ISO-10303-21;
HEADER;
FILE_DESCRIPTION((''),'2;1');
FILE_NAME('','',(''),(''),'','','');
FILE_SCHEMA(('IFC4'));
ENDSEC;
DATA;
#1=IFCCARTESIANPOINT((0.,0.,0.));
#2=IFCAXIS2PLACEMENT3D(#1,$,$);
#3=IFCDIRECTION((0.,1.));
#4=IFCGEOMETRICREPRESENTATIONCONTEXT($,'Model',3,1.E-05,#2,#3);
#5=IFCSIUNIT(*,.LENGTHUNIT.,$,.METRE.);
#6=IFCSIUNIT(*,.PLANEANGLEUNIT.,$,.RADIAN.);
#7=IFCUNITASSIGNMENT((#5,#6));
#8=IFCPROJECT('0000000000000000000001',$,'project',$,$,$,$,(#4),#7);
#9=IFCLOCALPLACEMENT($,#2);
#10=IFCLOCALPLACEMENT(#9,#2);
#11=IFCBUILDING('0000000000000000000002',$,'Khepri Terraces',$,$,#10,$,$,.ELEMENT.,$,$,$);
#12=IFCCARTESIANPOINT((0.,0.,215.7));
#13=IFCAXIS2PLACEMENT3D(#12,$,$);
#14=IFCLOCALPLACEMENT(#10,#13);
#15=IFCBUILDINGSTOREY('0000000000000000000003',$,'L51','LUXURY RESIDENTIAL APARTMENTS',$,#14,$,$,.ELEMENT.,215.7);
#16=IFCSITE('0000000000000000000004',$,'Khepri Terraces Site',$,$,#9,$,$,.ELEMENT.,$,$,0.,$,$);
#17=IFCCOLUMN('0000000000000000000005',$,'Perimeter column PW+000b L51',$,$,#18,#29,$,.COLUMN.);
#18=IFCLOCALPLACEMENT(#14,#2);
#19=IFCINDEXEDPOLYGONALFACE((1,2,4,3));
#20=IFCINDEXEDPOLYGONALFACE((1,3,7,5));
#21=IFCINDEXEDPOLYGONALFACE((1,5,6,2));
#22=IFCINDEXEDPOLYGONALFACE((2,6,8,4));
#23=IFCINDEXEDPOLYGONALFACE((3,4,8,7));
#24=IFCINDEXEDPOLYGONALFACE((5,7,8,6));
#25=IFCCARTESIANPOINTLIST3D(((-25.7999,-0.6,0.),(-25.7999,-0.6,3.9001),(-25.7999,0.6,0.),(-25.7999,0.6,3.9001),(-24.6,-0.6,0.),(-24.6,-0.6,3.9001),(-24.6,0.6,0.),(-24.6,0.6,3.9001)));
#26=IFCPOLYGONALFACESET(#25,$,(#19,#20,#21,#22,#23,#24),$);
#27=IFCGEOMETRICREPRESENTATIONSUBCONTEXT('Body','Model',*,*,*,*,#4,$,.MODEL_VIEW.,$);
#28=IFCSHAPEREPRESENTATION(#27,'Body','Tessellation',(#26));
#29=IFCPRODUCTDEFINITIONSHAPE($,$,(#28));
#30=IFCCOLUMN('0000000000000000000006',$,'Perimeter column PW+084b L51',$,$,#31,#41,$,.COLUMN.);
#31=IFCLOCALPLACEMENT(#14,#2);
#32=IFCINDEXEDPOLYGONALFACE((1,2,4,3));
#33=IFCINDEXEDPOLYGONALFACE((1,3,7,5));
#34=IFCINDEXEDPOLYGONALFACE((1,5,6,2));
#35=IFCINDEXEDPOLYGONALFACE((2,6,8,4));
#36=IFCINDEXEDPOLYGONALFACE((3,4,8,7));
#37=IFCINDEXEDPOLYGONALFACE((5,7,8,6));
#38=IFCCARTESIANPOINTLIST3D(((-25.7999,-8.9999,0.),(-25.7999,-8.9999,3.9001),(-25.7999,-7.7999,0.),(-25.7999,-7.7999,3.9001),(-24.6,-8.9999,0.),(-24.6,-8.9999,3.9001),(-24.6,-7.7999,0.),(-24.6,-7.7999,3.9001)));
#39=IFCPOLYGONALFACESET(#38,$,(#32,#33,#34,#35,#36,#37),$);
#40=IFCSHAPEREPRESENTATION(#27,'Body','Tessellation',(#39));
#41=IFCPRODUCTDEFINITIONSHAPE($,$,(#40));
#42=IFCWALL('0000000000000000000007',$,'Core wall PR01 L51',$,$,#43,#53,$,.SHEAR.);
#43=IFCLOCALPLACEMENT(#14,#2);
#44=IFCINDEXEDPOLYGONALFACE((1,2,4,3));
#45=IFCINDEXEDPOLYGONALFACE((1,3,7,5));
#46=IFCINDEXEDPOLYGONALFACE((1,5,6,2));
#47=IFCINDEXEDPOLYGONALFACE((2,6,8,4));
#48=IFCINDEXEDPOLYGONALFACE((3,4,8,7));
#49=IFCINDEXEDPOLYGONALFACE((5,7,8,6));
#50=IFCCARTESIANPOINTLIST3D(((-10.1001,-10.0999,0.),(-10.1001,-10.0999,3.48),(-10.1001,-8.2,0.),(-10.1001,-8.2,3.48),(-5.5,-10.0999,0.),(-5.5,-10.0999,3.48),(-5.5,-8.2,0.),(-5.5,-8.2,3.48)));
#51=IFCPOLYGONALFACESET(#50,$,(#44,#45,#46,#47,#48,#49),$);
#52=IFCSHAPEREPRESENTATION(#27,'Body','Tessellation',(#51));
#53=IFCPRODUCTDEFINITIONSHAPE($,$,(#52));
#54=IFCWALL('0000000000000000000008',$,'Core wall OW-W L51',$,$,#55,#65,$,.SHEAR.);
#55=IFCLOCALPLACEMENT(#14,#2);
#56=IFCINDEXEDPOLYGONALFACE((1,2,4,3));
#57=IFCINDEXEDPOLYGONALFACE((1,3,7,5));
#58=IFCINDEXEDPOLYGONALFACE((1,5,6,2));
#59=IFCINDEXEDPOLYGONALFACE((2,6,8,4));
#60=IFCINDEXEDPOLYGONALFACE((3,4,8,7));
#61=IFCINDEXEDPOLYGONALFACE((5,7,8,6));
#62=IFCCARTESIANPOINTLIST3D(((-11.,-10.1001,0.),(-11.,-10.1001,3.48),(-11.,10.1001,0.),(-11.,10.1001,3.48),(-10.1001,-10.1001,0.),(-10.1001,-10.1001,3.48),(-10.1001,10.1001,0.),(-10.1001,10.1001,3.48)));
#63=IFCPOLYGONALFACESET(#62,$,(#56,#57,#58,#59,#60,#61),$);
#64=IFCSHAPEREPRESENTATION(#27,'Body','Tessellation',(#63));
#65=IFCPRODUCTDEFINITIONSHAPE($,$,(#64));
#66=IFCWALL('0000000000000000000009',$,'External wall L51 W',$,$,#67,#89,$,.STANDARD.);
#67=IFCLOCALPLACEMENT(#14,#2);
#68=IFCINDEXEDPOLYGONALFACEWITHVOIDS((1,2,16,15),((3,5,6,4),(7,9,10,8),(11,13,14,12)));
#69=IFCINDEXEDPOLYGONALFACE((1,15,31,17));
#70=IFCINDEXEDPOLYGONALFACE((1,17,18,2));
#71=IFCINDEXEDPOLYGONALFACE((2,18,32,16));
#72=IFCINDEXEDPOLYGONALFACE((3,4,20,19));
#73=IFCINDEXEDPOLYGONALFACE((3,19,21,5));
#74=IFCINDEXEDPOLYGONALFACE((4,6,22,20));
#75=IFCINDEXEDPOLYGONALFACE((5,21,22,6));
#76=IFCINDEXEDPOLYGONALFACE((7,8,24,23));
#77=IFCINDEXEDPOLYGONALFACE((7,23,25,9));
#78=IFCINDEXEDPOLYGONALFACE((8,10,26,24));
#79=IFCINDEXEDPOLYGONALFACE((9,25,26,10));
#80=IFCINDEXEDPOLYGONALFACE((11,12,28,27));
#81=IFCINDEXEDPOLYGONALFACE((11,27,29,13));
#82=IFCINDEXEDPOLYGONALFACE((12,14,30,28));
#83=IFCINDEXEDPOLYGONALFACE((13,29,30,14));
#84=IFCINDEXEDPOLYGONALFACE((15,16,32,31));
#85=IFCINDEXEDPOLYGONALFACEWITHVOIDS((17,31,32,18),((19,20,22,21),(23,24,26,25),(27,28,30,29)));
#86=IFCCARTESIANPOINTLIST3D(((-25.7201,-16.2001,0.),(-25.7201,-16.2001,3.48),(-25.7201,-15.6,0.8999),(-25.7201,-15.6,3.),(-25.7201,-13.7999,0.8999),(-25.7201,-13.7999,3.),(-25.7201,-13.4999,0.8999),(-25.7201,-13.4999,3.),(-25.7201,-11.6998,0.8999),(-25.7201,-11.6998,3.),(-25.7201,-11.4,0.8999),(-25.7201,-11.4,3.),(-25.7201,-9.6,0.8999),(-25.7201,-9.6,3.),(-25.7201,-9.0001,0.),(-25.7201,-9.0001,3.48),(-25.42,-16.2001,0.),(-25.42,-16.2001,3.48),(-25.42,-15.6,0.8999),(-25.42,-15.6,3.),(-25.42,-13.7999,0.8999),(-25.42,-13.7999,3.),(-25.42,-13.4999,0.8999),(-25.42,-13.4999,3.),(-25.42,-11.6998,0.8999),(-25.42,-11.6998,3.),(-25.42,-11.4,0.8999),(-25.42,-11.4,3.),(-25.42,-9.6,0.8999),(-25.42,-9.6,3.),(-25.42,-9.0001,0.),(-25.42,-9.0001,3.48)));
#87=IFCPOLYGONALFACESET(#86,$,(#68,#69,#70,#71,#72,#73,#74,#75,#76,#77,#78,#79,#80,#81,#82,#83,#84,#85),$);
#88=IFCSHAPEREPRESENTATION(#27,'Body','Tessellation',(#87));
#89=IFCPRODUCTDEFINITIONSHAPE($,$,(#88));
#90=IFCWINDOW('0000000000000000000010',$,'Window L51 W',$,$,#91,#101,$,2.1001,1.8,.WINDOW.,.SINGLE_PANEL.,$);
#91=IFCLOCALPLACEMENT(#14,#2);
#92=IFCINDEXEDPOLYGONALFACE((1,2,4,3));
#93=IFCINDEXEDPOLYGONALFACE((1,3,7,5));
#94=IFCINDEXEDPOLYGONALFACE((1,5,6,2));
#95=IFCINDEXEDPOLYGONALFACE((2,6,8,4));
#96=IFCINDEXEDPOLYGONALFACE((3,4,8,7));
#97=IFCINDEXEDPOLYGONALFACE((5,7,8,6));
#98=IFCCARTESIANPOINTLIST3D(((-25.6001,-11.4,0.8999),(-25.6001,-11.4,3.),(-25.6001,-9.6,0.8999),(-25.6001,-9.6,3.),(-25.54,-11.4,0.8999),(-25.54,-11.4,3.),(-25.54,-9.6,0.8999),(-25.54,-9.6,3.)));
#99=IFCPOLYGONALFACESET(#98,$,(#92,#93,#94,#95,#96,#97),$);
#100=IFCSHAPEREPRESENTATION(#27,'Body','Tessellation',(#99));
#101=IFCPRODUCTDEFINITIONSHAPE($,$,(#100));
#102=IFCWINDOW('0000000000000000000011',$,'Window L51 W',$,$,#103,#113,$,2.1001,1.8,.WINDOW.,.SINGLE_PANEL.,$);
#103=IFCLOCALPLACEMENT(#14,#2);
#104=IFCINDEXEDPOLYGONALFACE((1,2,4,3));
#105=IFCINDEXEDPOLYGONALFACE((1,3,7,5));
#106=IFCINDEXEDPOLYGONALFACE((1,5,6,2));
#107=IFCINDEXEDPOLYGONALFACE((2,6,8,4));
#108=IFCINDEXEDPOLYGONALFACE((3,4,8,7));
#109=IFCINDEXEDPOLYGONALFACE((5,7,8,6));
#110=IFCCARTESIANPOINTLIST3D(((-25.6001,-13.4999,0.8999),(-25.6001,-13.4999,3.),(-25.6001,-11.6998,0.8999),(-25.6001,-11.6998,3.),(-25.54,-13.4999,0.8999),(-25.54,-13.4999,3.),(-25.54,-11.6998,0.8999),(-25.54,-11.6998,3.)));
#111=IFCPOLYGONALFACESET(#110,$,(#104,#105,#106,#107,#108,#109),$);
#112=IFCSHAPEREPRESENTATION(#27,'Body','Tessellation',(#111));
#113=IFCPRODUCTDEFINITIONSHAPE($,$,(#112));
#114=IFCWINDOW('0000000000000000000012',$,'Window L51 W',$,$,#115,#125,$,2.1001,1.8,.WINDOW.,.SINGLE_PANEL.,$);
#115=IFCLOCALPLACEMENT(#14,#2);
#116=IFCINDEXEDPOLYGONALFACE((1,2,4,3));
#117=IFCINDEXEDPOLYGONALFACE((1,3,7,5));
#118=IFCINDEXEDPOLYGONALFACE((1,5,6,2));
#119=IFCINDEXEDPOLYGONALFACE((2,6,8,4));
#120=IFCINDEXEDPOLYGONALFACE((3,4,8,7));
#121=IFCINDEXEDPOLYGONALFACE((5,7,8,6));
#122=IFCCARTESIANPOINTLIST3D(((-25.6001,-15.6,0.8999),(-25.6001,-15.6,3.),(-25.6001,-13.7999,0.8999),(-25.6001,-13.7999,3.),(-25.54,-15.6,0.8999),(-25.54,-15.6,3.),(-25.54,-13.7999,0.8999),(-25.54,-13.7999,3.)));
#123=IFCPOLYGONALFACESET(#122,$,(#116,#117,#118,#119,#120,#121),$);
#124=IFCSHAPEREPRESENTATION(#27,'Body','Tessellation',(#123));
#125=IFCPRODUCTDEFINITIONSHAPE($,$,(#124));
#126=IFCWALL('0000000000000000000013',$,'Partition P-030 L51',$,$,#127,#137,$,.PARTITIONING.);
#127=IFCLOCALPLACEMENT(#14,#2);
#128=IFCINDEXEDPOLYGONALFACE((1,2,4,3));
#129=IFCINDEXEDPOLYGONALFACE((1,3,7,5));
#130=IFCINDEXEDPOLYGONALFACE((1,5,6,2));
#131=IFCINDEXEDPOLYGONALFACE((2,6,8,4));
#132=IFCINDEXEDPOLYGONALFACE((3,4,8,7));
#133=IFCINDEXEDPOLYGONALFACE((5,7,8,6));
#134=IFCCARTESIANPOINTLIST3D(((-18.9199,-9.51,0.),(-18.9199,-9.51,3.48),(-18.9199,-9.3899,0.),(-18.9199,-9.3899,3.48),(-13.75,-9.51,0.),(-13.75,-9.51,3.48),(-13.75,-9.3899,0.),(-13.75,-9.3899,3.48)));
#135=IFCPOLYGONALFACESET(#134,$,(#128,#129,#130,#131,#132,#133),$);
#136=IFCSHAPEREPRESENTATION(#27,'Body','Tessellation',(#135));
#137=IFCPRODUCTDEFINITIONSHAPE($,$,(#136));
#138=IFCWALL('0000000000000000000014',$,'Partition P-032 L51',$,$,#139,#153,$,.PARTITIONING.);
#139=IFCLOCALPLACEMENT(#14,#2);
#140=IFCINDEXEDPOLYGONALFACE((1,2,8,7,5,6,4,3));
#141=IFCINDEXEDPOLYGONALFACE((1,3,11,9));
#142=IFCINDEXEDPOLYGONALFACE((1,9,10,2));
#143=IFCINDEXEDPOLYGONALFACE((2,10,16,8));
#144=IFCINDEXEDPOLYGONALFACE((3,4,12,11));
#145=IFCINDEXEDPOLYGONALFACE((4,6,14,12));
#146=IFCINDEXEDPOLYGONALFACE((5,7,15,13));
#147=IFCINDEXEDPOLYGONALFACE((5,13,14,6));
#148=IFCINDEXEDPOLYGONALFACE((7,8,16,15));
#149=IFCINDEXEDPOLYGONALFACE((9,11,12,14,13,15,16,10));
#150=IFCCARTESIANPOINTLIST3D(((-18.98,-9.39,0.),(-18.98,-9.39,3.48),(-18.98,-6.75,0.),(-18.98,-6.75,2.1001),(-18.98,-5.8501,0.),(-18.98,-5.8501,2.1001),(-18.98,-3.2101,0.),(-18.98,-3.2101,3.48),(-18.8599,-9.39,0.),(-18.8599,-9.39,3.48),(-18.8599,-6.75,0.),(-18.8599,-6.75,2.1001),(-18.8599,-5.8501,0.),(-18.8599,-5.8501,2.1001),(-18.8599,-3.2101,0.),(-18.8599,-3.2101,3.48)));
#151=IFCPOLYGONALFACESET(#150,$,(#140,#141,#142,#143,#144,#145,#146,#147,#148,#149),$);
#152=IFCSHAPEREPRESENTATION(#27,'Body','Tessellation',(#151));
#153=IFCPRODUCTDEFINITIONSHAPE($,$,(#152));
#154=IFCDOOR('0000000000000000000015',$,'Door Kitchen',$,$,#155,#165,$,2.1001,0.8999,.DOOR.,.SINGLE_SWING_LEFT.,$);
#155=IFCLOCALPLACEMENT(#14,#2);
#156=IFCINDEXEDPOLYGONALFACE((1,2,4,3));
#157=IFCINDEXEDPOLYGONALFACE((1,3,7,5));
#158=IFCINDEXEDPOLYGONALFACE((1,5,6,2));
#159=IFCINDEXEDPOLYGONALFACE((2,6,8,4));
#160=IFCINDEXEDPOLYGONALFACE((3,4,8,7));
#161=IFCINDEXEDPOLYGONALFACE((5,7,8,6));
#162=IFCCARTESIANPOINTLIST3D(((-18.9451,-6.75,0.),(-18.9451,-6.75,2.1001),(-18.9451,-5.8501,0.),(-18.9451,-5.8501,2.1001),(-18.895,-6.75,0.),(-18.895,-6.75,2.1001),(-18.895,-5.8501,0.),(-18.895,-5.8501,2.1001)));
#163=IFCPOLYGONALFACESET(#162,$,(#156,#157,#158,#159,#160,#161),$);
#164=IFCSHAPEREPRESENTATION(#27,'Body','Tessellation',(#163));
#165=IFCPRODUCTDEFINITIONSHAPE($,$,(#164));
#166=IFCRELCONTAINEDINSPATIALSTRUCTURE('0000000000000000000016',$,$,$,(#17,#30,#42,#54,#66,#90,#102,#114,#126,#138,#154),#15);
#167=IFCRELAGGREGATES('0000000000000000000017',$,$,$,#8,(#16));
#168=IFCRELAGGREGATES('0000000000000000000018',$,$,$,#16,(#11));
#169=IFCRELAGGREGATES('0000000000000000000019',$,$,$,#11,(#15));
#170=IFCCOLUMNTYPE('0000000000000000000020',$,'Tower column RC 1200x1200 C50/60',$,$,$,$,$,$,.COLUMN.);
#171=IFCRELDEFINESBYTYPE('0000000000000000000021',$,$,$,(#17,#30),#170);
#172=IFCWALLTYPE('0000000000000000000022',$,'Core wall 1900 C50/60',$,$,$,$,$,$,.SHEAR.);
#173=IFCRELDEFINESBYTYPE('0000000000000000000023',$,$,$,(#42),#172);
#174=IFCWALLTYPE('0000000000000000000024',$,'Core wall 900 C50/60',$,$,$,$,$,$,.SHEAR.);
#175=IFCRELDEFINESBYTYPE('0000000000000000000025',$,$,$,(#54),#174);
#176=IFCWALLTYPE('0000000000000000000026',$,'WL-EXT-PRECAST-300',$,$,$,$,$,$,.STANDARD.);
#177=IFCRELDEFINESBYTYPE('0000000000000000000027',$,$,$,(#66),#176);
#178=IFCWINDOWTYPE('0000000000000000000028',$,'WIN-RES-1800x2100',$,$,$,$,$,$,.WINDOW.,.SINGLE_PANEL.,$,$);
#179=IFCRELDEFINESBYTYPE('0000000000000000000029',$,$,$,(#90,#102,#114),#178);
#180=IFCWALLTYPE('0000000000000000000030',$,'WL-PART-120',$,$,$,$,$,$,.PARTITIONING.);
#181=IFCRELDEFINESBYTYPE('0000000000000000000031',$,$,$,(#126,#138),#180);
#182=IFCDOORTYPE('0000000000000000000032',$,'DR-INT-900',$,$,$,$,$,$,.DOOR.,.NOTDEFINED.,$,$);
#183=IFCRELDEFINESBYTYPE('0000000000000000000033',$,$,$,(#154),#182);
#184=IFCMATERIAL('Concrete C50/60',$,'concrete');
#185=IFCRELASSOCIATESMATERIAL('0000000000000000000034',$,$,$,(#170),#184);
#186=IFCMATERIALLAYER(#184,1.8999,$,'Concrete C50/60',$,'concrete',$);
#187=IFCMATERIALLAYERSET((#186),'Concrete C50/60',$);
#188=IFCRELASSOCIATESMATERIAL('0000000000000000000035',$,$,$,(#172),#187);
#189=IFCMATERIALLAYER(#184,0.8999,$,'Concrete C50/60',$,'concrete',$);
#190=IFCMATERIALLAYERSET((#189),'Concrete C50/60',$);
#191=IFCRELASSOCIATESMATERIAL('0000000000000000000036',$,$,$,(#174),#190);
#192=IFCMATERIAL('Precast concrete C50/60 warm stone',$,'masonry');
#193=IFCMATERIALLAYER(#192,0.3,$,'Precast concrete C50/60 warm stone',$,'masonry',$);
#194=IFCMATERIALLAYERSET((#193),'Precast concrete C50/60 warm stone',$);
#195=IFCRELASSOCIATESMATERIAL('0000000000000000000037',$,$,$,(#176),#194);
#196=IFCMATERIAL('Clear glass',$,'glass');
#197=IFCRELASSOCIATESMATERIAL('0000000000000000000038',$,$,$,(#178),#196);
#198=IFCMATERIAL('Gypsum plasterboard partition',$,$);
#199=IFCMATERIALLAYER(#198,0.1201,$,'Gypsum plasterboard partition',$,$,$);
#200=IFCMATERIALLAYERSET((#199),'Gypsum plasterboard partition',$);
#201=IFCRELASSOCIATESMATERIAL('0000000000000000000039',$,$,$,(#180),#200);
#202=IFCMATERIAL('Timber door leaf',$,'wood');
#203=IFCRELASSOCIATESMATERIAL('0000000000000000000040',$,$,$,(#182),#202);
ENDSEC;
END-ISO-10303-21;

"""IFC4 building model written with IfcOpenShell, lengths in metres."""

from ifc_helpers import new_model, si_unit, direction, frame, frame_2d, origin, origin_2d, place, context, subcontext, project, spatial, rectangle, extrude, material, layer, layer_set, material_profile, profile_set, type_object, element, fill, save


model = new_model("IFC4")

# Units and contexts
model_context = context("Model", 3, precision=1e-05, world=origin(), true_north=direction((0.0, 1.0)))
body_context = subcontext(model_context, "Body", "Model", "MODEL_VIEW")
ifc_project = project(units=[si_unit("LENGTHUNIT", "METRE"), si_unit("PLANEANGLEUNIT", "RADIAN")], contexts=[model_context])

# Site, building, storey
site_placement = place(None, origin())
site = spatial("IfcSite", under=ifc_project, at=site_placement, Name="Khepri Terraces Site", CompositionType="ELEMENT", RefElevation=0.0)
building_placement = place(site_placement, origin())
building = spatial("IfcBuilding", under=site, at=building_placement, Name="Khepri Terraces", CompositionType="ELEMENT")
storey_placement = place(building_placement, frame((0.0, 0.0, 215.7)))
storey = spatial("IfcBuildingStorey", under=building, at=storey_placement, Name="L51", Description="LUXURY RESIDENTIAL APARTMENTS", CompositionType="ELEMENT", Elevation=215.7)

# Columns
ifc_material_1 = material(Name="Concrete C50/60", Category="concrete")
ifc_material_profile = material_profile(ifc_material_1, rectangle(XDim=1.2, YDim=1.2, at=origin_2d()), Name="Concrete C50/60", Category="concrete")
ifc_profile_set = profile_set([ifc_material_profile], Name="Concrete C50/60")
column_type = type_object("IfcColumnType", Name="Tower column RC 1200x1200 C50/60", PredefinedType="COLUMN", material=ifc_profile_set)
for number, where, z_axis, x_axis, name in (
    (1, (-25.2, 0.0, 0.0), (0.0, 0.0, 1.0), (1.0, 0.0, 0.0), "Perimeter column PW+000b L51"),
    (2, (-25.2, -8.3999, 0.0), (0.0, 0.0, 1.0), (1.0, 0.0, 0.0), "Perimeter column PW+084b L51"),
):
    element("IfcColumn", number, at=place(storey_placement, frame(where, z_axis=z_axis, x_axis=x_axis)), inside=storey, type_object=column_type, Name=name, PredefinedType="COLUMN", context=body_context, shape_type="SweptSolid", body=[
        extrude(rectangle(XDim=1.2, YDim=1.2, at=origin_2d()), origin(), (0.0, 0.0, 1.0), 3.9001),
    ])

# Walls
ifc_layer_1 = layer(ifc_material_1, 1.8999, Name="Concrete C50/60", Category="concrete")
ifc_layer_set_1 = layer_set([ifc_layer_1], Name="Concrete C50/60")
wall_type_1 = type_object("IfcWallType", Name="Core wall 1900 C50/60", PredefinedType="SHEAR", material=ifc_layer_set_1)
wall_1_placement = place(storey_placement, frame((-10.1001, -9.1499, 0.0), z_axis=(0.0, 0.0, 1.0), x_axis=(1.0, 0.0, 0.0)))
element("IfcWall", 3, at=wall_1_placement, inside=storey, type_object=wall_type_1, Name="Core wall PR01 L51", PredefinedType="SHEAR", context=body_context, shape_type="SweptSolid", body=[
    extrude(rectangle(XDim=4.6001, YDim=1.8999, at=frame_2d((2.3, 0.0))), origin(), (0.0, 0.0, 1.0), 3.48),
])
ifc_layer_2 = layer(ifc_material_1, 0.8999, Name="Concrete C50/60", Category="concrete")
ifc_layer_set_2 = layer_set([ifc_layer_2], Name="Concrete C50/60")
wall_type_2 = type_object("IfcWallType", Name="Core wall 900 C50/60", PredefinedType="SHEAR", material=ifc_layer_set_2)
wall_2_placement = place(storey_placement, frame((-10.55, -10.1001, 0.0), z_axis=(0.0, 0.0, 1.0), x_axis=(0.0, 1.0, 0.0)))
element("IfcWall", 4, at=wall_2_placement, inside=storey, type_object=wall_type_2, Name="Core wall OW-W L51", PredefinedType="SHEAR", context=body_context, shape_type="SweptSolid", body=[
    extrude(rectangle(XDim=20.2002, YDim=0.8999, at=frame_2d((10.1001, 0.0))), origin(), (0.0, 0.0, 1.0), 3.48),
])

# Shared definitions
ifc_material_2 = material(Name="Precast concrete C50/60 warm stone", Category="masonry")
ifc_layer_3 = layer(ifc_material_2, 0.3, Name="Precast concrete C50/60 warm stone", Category="masonry")
ifc_layer_set_3 = layer_set([ifc_layer_3], Name="Precast concrete C50/60 warm stone")
wall_type_3 = type_object("IfcWallType", Name="WL-EXT-PRECAST-300", PredefinedType="STANDARD", material=ifc_layer_set_3)
ifc_material_3 = material(Name="Clear glass", Category="glass")
window_type = type_object("IfcWindowType", Name="WIN-RES-1800x2100", PartitioningType="SINGLE_PANEL", PredefinedType="WINDOW", material=ifc_material_3)

# Wall, openings, windows
wall_3_placement = place(storey_placement, frame((-25.5701, -9.0, 0.0), z_axis=(0.0, 0.0, 1.0), x_axis=(0.0, -1.0, 0.0)))
wall_3 = element("IfcWall", 5, at=wall_3_placement, inside=storey, type_object=wall_type_3, Name="External wall L51 W", PredefinedType="STANDARD", context=body_context, shape_type="SweptSolid", body=[
    extrude(rectangle(XDim=7.2, YDim=0.3, at=frame_2d((3.6001, 0.0))), origin(), (0.0, 0.0, 1.0), 3.48),
])
opening_1_placement = place(wall_3_placement, frame((0.6001, 0.0, 0.8999)))
opening_1 = element("IfcOpeningElement", 6, at=opening_1_placement, cuts=wall_3, PredefinedType="OPENING", context=body_context, shape_type="SweptSolid", body=[
    extrude(rectangle(XDim=1.8, YDim=2.1001, at=frame_2d((0.8999, 1.05))), frame((0.0, 0.1602, 0.0), z_axis=(0.0, -1.0, 0.0), x_axis=(1.0, 0.0, 0.0)), (0.0, 0.0, 1.0), 0.3201),
])
opening_2_placement = place(wall_3_placement, frame((2.7, 0.0, 0.8999)))
opening_2 = element("IfcOpeningElement", 7, at=opening_2_placement, cuts=wall_3, PredefinedType="OPENING", context=body_context, shape_type="SweptSolid", body=[
    extrude(rectangle(XDim=1.8, YDim=2.1001, at=frame_2d((0.8999, 1.05))), frame((0.0, 0.1602, 0.0), z_axis=(0.0, -1.0, 0.0), x_axis=(1.0, 0.0, 0.0)), (0.0, 0.0, 1.0), 0.3201),
])
opening_3_placement = place(wall_3_placement, frame((4.8, 0.0, 0.8999)))
opening_3 = element("IfcOpeningElement", 8, at=opening_3_placement, cuts=wall_3, PredefinedType="OPENING", context=body_context, shape_type="SweptSolid", body=[
    extrude(rectangle(XDim=1.8, YDim=2.1001, at=frame_2d((0.8999, 1.05))), frame((0.0, 0.1602, 0.0), z_axis=(0.0, -1.0, 0.0), x_axis=(1.0, 0.0, 0.0)), (0.0, 0.0, 1.0), 0.3201),
])
window_1_placement = place(opening_1_placement, origin())
window_1 = element("IfcWindow", 9, at=window_1_placement, inside=storey, type_object=window_type, Name="Window L51 W", OverallHeight=2.1001, OverallWidth=1.8, PartitioningType="SINGLE_PANEL", PredefinedType="WINDOW", context=body_context, shape_type="SweptSolid", body=[
    extrude(rectangle(XDim=1.8, YDim=2.1001, at=frame_2d((0.8999, 1.05))), frame((0.0, 0.03, 0.0), z_axis=(0.0, -1.0, 0.0), x_axis=(1.0, 0.0, 0.0)), (0.0, 0.0, 1.0), 0.0601),
])
fill(opening_1, window_1)
window_2_placement = place(opening_2_placement, origin())
window_2 = element("IfcWindow", 10, at=window_2_placement, inside=storey, type_object=window_type, Name="Window L51 W", OverallHeight=2.1001, OverallWidth=1.8, PartitioningType="SINGLE_PANEL", PredefinedType="WINDOW", context=body_context, shape_type="SweptSolid", body=[
    extrude(rectangle(XDim=1.8, YDim=2.1001, at=frame_2d((0.8999, 1.05))), frame((0.0, 0.03, 0.0), z_axis=(0.0, -1.0, 0.0), x_axis=(1.0, 0.0, 0.0)), (0.0, 0.0, 1.0), 0.0601),
])
fill(opening_2, window_2)
window_3_placement = place(opening_3_placement, origin())
window_3 = element("IfcWindow", 11, at=window_3_placement, inside=storey, type_object=window_type, Name="Window L51 W", OverallHeight=2.1001, OverallWidth=1.8, PartitioningType="SINGLE_PANEL", PredefinedType="WINDOW", context=body_context, shape_type="SweptSolid", body=[
    extrude(rectangle(XDim=1.8, YDim=2.1001, at=frame_2d((0.8999, 1.05))), frame((0.0, 0.03, 0.0), z_axis=(0.0, -1.0, 0.0), x_axis=(1.0, 0.0, 0.0)), (0.0, 0.0, 1.0), 0.0601),
])
fill(opening_3, window_3)

# Wall
ifc_material_4 = material(Name="Gypsum plasterboard partition")
ifc_layer_4 = layer(ifc_material_4, 0.1201, Name="Gypsum plasterboard partition")
ifc_layer_set_4 = layer_set([ifc_layer_4], Name="Gypsum plasterboard partition")
wall_type_4 = type_object("IfcWallType", Name="WL-PART-120", PredefinedType="PARTITIONING", material=ifc_layer_set_4)
wall_4_placement = place(storey_placement, frame((-18.9199, -9.45, 0.0), z_axis=(0.0, 0.0, 1.0), x_axis=(1.0, 0.0, 0.0)))
element("IfcWall", 12, at=wall_4_placement, inside=storey, type_object=wall_type_4, Name="Partition P-030 L51", PredefinedType="PARTITIONING", context=body_context, shape_type="SweptSolid", body=[
    extrude(rectangle(XDim=5.1699, YDim=0.1201, at=frame_2d((2.585, 0.0))), origin(), (0.0, 0.0, 1.0), 3.48),
])

# Wall, opening, door
wall_5_placement = place(storey_placement, frame((-18.9199, -9.3899, 0.0), z_axis=(0.0, 0.0, 1.0), x_axis=(0.0, 1.0, 0.0)))
wall_5 = element("IfcWall", 13, at=wall_5_placement, inside=storey, type_object=wall_type_4, Name="Partition P-032 L51", PredefinedType="PARTITIONING", context=body_context, shape_type="SweptSolid", body=[
    extrude(rectangle(XDim=6.1799, YDim=0.1201, at=frame_2d((3.0898, 0.0))), origin(), (0.0, 0.0, 1.0), 3.48),
])
opening_4_placement = place(wall_5_placement, frame((2.6399, 0.0, 0.0)))
opening_4 = element("IfcOpeningElement", 14, at=opening_4_placement, cuts=wall_5, PredefinedType="OPENING", context=body_context, shape_type="SweptSolid", body=[
    extrude(rectangle(XDim=0.8999, YDim=2.1001, at=frame_2d((0.45, 1.05))), frame((0.0, 0.0701, 0.0), z_axis=(0.0, -1.0, 0.0), x_axis=(1.0, 0.0, 0.0)), (0.0, 0.0, 1.0), 0.1401),
])
ifc_material_5 = material(Name="Timber door leaf", Category="wood")
door_type_1 = type_object("IfcDoorType", Name="DR-INT-900", OperationType="NOTDEFINED", PredefinedType="DOOR", material=ifc_material_5)
door_1_placement = place(opening_4_placement, frame((0.8999, 0.0, 0.0), z_axis=(0.0, 0.0, 1.0), x_axis=(-1.0, 0.0, 0.0)))
door_1 = element("IfcDoor", 15, at=door_1_placement, inside=storey, type_object=door_type_1, Name="Door Kitchen", OperationType="SINGLE_SWING_LEFT", OverallHeight=2.1001, OverallWidth=0.8999, PredefinedType="DOOR", context=body_context, shape_type="SweptSolid", body=[
    extrude(rectangle(XDim=0.8999, YDim=2.1001, at=frame_2d((0.45, 1.05))), frame((0.0, 0.0249, 0.0), z_axis=(0.0, -1.0, 0.0), x_axis=(1.0, 0.0, 0.0)), (0.0, 0.0, 1.0), 0.05),
])
fill(opening_4, door_1)

save(model, "model.ifc")
